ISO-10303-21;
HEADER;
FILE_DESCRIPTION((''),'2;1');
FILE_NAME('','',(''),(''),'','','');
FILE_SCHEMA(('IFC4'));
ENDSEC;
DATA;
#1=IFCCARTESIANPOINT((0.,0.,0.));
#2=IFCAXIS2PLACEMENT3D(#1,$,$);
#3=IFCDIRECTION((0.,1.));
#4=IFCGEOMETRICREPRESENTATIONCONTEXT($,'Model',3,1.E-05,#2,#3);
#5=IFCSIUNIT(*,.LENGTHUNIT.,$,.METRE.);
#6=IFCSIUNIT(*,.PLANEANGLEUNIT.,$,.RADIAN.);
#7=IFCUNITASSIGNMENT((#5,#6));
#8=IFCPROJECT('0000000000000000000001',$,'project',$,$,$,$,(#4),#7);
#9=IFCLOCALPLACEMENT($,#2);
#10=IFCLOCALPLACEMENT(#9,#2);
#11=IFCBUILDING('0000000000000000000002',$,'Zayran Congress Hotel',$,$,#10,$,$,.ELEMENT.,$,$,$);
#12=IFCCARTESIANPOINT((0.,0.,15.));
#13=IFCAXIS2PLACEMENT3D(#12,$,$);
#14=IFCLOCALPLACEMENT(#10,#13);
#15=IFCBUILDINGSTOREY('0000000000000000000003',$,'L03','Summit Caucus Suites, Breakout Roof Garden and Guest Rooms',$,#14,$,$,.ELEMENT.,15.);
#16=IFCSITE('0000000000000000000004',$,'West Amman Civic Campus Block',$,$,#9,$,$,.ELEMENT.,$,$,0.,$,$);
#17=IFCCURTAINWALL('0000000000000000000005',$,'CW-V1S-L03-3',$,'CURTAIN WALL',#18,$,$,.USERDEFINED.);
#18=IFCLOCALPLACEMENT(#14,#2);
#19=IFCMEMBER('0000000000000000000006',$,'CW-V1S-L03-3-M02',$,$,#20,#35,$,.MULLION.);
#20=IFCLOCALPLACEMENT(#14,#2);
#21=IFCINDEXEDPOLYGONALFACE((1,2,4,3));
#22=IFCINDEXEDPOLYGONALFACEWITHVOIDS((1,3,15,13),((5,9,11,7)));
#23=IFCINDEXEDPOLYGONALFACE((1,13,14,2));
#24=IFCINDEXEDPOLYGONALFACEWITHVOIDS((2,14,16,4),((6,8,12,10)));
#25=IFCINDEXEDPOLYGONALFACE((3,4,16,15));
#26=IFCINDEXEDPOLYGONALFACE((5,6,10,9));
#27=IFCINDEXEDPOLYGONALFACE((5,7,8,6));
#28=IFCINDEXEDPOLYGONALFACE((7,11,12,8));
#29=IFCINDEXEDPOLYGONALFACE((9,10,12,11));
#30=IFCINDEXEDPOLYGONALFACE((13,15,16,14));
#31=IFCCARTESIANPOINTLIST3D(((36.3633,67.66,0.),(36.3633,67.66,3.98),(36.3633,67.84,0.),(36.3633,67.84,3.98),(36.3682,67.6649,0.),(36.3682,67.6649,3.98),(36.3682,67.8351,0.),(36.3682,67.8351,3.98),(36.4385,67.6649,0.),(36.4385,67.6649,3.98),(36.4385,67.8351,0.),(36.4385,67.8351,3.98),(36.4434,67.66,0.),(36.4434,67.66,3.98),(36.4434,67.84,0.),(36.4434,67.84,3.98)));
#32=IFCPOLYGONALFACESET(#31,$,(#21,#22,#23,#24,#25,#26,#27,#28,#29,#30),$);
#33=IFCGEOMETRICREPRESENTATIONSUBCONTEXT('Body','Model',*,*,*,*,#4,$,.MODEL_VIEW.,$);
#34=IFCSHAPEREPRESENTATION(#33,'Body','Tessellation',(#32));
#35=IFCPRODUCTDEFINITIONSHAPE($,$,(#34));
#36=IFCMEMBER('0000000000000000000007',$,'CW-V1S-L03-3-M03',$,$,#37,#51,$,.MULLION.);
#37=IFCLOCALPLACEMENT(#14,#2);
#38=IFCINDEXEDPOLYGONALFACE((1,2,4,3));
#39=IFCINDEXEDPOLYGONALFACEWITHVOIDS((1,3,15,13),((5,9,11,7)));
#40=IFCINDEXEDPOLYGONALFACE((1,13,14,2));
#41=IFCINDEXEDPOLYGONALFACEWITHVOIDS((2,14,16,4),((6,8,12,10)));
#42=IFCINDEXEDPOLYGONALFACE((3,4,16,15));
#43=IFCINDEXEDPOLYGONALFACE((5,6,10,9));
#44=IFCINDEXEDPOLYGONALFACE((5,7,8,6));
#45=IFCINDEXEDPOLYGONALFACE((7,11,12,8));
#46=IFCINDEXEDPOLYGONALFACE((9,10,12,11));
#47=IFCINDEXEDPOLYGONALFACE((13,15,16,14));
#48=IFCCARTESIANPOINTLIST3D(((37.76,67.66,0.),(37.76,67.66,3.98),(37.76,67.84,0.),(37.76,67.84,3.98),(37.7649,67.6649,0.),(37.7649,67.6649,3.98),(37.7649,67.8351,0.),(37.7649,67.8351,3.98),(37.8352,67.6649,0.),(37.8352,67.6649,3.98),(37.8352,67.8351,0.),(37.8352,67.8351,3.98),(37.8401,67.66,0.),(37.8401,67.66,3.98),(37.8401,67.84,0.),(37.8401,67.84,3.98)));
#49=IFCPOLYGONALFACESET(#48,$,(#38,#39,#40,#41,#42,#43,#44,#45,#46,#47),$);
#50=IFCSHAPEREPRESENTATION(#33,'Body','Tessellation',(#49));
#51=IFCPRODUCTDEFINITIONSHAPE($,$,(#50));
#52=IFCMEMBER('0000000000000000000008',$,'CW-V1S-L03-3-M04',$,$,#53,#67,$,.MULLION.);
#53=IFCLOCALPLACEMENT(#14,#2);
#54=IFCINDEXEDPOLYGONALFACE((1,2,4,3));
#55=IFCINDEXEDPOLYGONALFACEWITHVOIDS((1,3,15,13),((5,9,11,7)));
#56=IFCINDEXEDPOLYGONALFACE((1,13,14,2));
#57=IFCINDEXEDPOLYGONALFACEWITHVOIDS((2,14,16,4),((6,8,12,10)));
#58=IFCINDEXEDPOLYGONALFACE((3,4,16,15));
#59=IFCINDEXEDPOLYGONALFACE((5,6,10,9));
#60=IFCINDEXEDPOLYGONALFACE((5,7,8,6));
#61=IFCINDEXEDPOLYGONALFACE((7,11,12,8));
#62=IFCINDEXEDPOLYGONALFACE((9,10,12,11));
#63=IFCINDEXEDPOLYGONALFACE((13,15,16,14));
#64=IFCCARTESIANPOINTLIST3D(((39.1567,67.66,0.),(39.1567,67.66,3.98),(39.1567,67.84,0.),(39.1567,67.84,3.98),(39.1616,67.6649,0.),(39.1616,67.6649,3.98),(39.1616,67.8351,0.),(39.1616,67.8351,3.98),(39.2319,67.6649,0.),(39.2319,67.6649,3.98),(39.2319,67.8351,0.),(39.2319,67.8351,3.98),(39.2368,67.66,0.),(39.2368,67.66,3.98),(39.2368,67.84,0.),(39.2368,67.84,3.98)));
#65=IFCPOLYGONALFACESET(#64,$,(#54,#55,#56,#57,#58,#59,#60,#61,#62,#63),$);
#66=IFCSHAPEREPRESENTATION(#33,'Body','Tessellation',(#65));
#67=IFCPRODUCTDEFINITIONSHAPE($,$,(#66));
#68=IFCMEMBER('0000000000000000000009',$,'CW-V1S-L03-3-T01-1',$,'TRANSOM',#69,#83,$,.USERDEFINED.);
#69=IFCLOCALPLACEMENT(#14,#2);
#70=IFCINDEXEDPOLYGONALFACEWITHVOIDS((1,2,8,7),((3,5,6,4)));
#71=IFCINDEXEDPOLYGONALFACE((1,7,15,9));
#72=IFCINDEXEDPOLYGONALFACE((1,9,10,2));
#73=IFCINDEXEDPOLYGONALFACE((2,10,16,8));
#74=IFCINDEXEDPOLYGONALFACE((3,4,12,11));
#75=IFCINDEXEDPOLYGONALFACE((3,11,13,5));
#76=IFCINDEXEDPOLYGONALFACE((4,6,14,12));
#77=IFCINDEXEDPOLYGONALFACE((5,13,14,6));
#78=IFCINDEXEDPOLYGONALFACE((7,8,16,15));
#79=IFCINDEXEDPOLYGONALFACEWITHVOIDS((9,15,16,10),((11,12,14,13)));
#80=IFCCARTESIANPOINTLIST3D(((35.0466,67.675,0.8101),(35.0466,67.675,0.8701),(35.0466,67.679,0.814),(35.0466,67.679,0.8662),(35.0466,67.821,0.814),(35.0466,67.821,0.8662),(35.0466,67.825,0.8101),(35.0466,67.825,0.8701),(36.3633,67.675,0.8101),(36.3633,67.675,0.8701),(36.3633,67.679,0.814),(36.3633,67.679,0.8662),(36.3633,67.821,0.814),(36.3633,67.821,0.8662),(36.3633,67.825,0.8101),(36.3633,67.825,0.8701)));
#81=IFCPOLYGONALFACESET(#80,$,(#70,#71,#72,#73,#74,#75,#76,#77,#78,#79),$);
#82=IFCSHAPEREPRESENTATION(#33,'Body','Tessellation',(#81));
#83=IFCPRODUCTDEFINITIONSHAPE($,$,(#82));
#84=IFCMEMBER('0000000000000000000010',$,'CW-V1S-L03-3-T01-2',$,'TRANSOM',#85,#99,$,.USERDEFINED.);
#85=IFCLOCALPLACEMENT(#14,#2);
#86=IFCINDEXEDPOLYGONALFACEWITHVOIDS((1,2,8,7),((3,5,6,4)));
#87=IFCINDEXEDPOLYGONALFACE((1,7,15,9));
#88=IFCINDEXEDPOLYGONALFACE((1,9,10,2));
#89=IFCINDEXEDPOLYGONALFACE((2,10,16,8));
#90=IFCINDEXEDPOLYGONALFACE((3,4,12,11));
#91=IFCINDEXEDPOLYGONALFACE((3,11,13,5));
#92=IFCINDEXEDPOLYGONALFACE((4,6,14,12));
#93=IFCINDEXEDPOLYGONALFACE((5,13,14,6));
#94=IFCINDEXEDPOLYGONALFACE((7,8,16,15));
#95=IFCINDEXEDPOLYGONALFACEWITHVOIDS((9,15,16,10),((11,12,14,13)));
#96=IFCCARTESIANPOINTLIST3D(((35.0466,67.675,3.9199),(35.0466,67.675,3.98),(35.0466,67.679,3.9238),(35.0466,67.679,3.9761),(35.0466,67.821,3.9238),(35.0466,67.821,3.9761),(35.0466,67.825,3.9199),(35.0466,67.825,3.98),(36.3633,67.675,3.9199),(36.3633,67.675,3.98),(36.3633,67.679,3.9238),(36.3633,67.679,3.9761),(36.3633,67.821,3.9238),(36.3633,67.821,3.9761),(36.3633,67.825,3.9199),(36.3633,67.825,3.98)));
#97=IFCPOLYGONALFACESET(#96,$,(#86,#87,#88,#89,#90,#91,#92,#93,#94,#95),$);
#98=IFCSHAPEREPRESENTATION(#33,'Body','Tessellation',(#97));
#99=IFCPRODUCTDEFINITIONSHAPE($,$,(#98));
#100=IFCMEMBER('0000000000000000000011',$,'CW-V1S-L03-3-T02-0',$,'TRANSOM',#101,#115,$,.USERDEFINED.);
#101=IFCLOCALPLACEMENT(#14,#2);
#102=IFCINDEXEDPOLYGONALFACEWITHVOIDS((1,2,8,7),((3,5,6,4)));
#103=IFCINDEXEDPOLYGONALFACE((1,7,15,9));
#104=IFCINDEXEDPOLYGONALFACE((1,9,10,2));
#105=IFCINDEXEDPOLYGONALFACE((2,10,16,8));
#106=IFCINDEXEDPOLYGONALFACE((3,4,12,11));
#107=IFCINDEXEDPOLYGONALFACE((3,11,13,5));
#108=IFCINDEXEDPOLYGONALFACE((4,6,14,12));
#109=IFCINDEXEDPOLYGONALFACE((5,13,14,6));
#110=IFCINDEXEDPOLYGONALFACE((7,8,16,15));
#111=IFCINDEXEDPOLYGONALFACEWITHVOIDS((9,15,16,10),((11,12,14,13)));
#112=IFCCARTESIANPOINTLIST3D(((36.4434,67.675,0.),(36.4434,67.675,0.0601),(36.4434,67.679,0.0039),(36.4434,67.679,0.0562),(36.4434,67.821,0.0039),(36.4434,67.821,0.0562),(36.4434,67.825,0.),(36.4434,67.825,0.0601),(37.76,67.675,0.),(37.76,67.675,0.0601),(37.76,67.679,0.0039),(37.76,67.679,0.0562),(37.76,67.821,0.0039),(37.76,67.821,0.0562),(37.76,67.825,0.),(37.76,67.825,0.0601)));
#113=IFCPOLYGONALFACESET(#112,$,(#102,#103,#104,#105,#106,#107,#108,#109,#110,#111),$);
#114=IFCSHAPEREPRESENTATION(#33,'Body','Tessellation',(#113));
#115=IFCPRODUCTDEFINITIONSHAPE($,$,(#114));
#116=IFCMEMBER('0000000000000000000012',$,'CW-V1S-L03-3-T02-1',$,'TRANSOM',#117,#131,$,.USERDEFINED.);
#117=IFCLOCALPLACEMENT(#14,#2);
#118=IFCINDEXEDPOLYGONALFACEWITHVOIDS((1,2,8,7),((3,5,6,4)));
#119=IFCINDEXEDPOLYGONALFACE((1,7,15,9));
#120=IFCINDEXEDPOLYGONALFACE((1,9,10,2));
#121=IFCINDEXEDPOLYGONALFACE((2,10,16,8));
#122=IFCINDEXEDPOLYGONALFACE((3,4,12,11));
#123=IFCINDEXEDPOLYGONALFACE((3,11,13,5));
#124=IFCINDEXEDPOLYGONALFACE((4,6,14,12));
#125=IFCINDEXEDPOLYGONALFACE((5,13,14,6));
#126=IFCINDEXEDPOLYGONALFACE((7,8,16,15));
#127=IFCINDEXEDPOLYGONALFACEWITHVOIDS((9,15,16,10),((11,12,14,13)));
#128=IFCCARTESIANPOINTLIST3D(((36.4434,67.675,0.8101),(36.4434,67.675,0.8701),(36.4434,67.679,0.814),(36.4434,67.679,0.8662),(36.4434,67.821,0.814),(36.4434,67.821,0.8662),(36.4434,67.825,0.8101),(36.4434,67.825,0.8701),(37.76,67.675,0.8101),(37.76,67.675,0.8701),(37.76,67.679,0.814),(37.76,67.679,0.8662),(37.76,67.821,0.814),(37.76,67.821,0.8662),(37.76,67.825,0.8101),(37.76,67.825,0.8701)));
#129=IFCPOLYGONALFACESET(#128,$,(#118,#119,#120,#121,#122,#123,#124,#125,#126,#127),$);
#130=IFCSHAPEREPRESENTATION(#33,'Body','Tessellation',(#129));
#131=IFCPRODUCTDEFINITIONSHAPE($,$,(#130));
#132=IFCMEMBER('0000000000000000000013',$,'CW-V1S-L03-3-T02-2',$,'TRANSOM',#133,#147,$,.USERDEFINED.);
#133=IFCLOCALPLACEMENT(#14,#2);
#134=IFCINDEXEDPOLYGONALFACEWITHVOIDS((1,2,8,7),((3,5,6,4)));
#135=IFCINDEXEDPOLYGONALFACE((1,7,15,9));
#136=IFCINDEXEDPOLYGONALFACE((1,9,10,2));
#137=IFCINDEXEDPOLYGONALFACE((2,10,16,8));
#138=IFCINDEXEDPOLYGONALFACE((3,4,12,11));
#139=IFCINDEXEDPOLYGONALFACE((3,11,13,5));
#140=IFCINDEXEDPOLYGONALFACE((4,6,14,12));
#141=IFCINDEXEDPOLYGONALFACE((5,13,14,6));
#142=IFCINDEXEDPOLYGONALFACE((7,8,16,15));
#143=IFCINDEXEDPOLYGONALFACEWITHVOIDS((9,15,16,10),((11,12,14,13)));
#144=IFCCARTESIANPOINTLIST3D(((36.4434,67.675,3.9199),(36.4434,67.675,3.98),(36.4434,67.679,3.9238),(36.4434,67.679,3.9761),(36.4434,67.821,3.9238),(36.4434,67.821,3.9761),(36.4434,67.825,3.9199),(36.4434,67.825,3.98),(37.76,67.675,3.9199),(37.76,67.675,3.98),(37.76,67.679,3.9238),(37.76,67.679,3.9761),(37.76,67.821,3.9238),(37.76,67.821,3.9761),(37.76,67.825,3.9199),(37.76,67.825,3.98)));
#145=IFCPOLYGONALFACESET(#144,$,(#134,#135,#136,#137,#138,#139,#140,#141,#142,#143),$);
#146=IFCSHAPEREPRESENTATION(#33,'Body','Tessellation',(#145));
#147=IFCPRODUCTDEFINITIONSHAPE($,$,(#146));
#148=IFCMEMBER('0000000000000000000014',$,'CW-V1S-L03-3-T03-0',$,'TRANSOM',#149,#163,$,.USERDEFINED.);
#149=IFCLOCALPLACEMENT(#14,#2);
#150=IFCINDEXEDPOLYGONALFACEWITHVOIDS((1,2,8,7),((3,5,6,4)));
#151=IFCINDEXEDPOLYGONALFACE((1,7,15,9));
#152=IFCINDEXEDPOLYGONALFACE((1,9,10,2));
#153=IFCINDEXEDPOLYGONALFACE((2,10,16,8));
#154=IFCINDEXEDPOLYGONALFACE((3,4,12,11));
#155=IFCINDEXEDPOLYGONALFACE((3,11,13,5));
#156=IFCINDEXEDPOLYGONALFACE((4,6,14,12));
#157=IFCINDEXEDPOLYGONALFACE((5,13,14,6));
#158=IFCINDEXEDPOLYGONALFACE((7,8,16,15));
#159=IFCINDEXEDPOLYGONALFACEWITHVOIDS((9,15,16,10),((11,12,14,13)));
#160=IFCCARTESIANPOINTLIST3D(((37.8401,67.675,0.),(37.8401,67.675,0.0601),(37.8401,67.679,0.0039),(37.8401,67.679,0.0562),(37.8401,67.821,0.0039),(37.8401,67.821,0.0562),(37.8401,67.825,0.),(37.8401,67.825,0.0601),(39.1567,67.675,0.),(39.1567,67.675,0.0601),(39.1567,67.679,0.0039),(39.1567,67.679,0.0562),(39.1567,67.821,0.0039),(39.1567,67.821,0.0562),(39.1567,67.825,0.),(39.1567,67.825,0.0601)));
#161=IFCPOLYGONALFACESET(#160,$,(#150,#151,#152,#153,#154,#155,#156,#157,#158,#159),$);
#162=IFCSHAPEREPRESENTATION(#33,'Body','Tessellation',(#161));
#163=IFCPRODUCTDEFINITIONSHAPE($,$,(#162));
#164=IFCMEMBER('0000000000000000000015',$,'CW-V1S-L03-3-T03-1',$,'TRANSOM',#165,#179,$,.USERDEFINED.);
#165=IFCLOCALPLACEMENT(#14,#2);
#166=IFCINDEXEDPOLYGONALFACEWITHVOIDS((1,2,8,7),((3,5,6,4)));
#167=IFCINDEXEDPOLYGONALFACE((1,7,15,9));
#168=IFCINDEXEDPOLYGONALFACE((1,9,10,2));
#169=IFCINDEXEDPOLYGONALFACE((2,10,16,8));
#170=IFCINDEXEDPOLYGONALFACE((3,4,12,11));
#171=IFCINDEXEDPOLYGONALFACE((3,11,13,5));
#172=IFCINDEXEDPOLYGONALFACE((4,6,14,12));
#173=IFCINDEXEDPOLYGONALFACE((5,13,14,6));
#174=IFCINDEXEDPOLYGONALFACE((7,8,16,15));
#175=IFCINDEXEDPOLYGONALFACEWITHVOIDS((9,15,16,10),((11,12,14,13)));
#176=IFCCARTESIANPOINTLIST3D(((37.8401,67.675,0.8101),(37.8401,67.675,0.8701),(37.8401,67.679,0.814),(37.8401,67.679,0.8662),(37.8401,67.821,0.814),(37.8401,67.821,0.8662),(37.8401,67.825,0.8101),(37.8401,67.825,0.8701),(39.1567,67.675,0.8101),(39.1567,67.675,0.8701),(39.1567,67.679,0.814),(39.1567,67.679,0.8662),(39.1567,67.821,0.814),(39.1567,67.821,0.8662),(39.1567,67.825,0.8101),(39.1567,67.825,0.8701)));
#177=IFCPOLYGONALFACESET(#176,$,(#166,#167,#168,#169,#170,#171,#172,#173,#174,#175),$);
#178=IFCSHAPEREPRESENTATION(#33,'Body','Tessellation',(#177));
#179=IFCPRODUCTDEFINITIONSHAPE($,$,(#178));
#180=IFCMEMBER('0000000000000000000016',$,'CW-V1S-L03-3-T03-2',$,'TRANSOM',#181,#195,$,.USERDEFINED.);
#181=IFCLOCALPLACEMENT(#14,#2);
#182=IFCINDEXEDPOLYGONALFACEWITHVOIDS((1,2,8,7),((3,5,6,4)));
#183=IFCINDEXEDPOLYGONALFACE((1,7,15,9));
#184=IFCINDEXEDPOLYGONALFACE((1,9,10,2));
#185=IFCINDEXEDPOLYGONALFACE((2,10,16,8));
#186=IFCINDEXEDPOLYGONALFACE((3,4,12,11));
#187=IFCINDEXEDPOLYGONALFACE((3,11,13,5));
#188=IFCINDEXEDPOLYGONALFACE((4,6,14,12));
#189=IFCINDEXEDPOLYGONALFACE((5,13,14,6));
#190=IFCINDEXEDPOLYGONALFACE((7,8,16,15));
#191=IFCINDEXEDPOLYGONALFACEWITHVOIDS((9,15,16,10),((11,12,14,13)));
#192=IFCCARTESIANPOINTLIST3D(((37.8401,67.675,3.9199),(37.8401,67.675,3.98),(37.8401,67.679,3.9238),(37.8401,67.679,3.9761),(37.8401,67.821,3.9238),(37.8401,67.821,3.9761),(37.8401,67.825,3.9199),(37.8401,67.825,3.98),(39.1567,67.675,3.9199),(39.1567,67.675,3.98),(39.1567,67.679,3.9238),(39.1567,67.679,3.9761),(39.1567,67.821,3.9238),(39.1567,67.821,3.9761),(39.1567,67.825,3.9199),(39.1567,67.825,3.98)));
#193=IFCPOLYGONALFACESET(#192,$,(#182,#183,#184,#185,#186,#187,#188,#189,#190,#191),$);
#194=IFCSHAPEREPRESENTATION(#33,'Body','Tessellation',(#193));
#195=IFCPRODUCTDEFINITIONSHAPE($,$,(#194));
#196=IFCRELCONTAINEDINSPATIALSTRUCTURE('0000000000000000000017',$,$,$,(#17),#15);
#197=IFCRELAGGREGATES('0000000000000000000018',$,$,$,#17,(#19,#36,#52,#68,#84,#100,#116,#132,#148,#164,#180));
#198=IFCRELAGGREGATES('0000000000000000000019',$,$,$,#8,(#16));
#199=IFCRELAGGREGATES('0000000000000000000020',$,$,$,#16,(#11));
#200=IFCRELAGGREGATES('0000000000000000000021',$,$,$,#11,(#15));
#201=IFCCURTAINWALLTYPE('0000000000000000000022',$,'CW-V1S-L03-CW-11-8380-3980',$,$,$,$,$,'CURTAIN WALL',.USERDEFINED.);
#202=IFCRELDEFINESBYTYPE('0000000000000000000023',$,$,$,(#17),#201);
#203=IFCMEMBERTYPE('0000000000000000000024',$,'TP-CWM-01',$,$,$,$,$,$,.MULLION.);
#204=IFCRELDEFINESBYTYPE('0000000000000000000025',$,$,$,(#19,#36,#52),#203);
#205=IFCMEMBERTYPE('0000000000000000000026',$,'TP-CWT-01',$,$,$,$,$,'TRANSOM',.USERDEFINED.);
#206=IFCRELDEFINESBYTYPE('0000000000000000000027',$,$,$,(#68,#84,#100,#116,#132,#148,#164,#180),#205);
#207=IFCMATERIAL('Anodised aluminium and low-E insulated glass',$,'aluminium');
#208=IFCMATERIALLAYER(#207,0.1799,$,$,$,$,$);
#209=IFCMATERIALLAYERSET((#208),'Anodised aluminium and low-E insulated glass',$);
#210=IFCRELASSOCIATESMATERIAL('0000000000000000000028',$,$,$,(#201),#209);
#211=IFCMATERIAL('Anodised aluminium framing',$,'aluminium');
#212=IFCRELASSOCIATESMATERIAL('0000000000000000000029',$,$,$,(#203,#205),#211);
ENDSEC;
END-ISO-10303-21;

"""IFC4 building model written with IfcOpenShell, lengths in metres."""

from ifc_helpers import new_model, si_unit, direction, frame, origin, origin_2d, place, context, subcontext, project, spatial, hollow_rectangle, extrude, material, layer, layer_set, material_profile, profile_set, type_object, element, aggregate, save


model = new_model("IFC4")

# Units and contexts
model_context = context("Model", 3, precision=1e-05, world=origin(), true_north=direction((0.0, 1.0)))
body_context = subcontext(model_context, "Body", "Model", "MODEL_VIEW")
ifc_project = project(units=[si_unit("LENGTHUNIT", "METRE"), si_unit("PLANEANGLEUNIT", "RADIAN")], contexts=[model_context])

# Site, building, storey
site_placement = place(None, origin())
site = spatial("IfcSite", under=ifc_project, at=site_placement, Name="West Amman Civic Campus Block", CompositionType="ELEMENT", RefElevation=0.0)
building_placement = place(site_placement, origin())
building = spatial("IfcBuilding", under=site, at=building_placement, Name="Zayran Congress Hotel", CompositionType="ELEMENT")
storey_placement = place(building_placement, frame((0.0, 0.0, 15.0)))
storey = spatial("IfcBuildingStorey", under=building, at=storey_placement, Name="L03", Description="Summit Caucus Suites, Breakout Roof Garden and Guest Rooms", CompositionType="ELEMENT", Elevation=15.0)

# Curtain wall, members
ifc_material_1 = material(Name="Anodised aluminium and low-E insulated glass", Category="aluminium")
ifc_layer_1 = layer(ifc_material_1, 0.1799)
ifc_layer_set_1 = layer_set([ifc_layer_1], Name="Anodised aluminium and low-E insulated glass")
curtain_wall_type = type_object("IfcCurtainWallType", Name="CW-V1S-L03-CW-11-8380-3980", ElementType="CURTAIN WALL", PredefinedType="USERDEFINED", material=ifc_layer_set_1)
curtain_wall_placement = place(storey_placement, origin())
curtain_wall = element("IfcCurtainWall", 1, at=curtain_wall_placement, inside=storey, type_object=curtain_wall_type, Name="CW-V1S-L03-3", ObjectType="CURTAIN WALL", PredefinedType="USERDEFINED")
ifc_material_2 = material(Name="Anodised aluminium framing", Category="aluminium")
ifc_material_profile_1 = material_profile(ifc_material_2, hollow_rectangle(XDim=0.0801, YDim=0.1799, WallThickness=0.0049, at=origin_2d()), Name="RHS 180x80x5")
ifc_profile_set_1 = profile_set([ifc_material_profile_1], Name="Anodised aluminium framing")
member_type_1 = type_object("IfcMemberType", Name="TP-CWM-01", PredefinedType="MULLION", material=ifc_profile_set_1)
member_1_placement = place(storey_placement, frame((36.4033, 67.75, 0.0), z_axis=(0.0, 0.0, 1.0), x_axis=(1.0, 0.0, 0.0)))
member_1 = element("IfcMember", 2, at=member_1_placement, type_object=member_type_1, Name="CW-V1S-L03-3-M02", PredefinedType="MULLION", context=body_context, shape_type="SweptSolid", body=[
    extrude(hollow_rectangle(XDim=0.0801, YDim=0.1799, WallThickness=0.0049, at=origin_2d()), origin(), (0.0, 0.0, 1.0), 3.98),
])
member_2_placement = place(storey_placement, frame((37.8, 67.75, 0.0), z_axis=(0.0, 0.0, 1.0), x_axis=(1.0, 0.0, 0.0)))
member_2 = element("IfcMember", 3, at=member_2_placement, type_object=member_type_1, Name="CW-V1S-L03-3-M03", PredefinedType="MULLION", context=body_context, shape_type="SweptSolid", body=[
    extrude(hollow_rectangle(XDim=0.0801, YDim=0.1799, WallThickness=0.0049, at=origin_2d()), origin(), (0.0, 0.0, 1.0), 3.98),
])
member_3_placement = place(storey_placement, frame((39.1968, 67.75, 0.0), z_axis=(0.0, 0.0, 1.0), x_axis=(1.0, 0.0, 0.0)))
member_3 = element("IfcMember", 4, at=member_3_placement, type_object=member_type_1, Name="CW-V1S-L03-3-M04", PredefinedType="MULLION", context=body_context, shape_type="SweptSolid", body=[
    extrude(hollow_rectangle(XDim=0.0801, YDim=0.1799, WallThickness=0.0049, at=origin_2d()), origin(), (0.0, 0.0, 1.0), 3.98),
])
ifc_material_profile_2 = material_profile(ifc_material_2, hollow_rectangle(XDim=0.0601, YDim=0.1499, WallThickness=0.0039, at=origin_2d()), Name="RHS 150x60x4")
ifc_profile_set_2 = profile_set([ifc_material_profile_2], Name="Anodised aluminium framing")
member_type_2 = type_object("IfcMemberType", Name="TP-CWT-01", ElementType="TRANSOM", PredefinedType="USERDEFINED", material=ifc_profile_set_2)
member_4_placement = place(storey_placement, frame((35.0466, 67.75, 0.8401), z_axis=(1.0, 0.0, 0.0), x_axis=(0.0, 0.0, 1.0)))
member_4 = element("IfcMember", 5, at=member_4_placement, type_object=member_type_2, Name="CW-V1S-L03-3-T01-1", ObjectType="TRANSOM", PredefinedType="USERDEFINED", context=body_context, shape_type="SweptSolid", body=[
    extrude(hollow_rectangle(XDim=0.0601, YDim=0.1499, WallThickness=0.0039, at=origin_2d()), origin(), (0.0, 0.0, 1.0), 1.3167),
])
member_5_placement = place(storey_placement, frame((35.0466, 67.75, 3.95), z_axis=(1.0, 0.0, 0.0), x_axis=(0.0, 0.0, 1.0)))
member_5 = element("IfcMember", 6, at=member_5_placement, type_object=member_type_2, Name="CW-V1S-L03-3-T01-2", ObjectType="TRANSOM", PredefinedType="USERDEFINED", context=body_context, shape_type="SweptSolid", body=[
    extrude(hollow_rectangle(XDim=0.0601, YDim=0.1499, WallThickness=0.0039, at=origin_2d()), origin(), (0.0, 0.0, 1.0), 1.3167),
])
member_6_placement = place(storey_placement, frame((36.4434, 67.75, 0.03), z_axis=(1.0, 0.0, 0.0), x_axis=(0.0, 0.0, 1.0)))
member_6 = element("IfcMember", 7, at=member_6_placement, type_object=member_type_2, Name="CW-V1S-L03-3-T02-0", ObjectType="TRANSOM", PredefinedType="USERDEFINED", context=body_context, shape_type="SweptSolid", body=[
    extrude(hollow_rectangle(XDim=0.0601, YDim=0.1499, WallThickness=0.0039, at=origin_2d()), origin(), (0.0, 0.0, 1.0), 1.3167),
])
member_7_placement = place(storey_placement, frame((36.4434, 67.75, 0.8401), z_axis=(1.0, 0.0, 0.0), x_axis=(0.0, 0.0, 1.0)))
member_7 = element("IfcMember", 8, at=member_7_placement, type_object=member_type_2, Name="CW-V1S-L03-3-T02-1", ObjectType="TRANSOM", PredefinedType="USERDEFINED", context=body_context, shape_type="SweptSolid", body=[
    extrude(hollow_rectangle(XDim=0.0601, YDim=0.1499, WallThickness=0.0039, at=origin_2d()), origin(), (0.0, 0.0, 1.0), 1.3167),
])
member_8_placement = place(storey_placement, frame((36.4434, 67.75, 3.95), z_axis=(1.0, 0.0, 0.0), x_axis=(0.0, 0.0, 1.0)))
member_8 = element("IfcMember", 9, at=member_8_placement, type_object=member_type_2, Name="CW-V1S-L03-3-T02-2", ObjectType="TRANSOM", PredefinedType="USERDEFINED", context=body_context, shape_type="SweptSolid", body=[
    extrude(hollow_rectangle(XDim=0.0601, YDim=0.1499, WallThickness=0.0039, at=origin_2d()), origin(), (0.0, 0.0, 1.0), 1.3167),
])
member_9_placement = place(storey_placement, frame((37.8401, 67.75, 0.03), z_axis=(1.0, 0.0, 0.0), x_axis=(0.0, 0.0, 1.0)))
member_9 = element("IfcMember", 10, at=member_9_placement, type_object=member_type_2, Name="CW-V1S-L03-3-T03-0", ObjectType="TRANSOM", PredefinedType="USERDEFINED", context=body_context, shape_type="SweptSolid", body=[
    extrude(hollow_rectangle(XDim=0.0601, YDim=0.1499, WallThickness=0.0039, at=origin_2d()), origin(), (0.0, 0.0, 1.0), 1.3167),
])
member_10_placement = place(storey_placement, frame((37.8401, 67.75, 0.8401), z_axis=(1.0, 0.0, 0.0), x_axis=(0.0, 0.0, 1.0)))
member_10 = element("IfcMember", 11, at=member_10_placement, type_object=member_type_2, Name="CW-V1S-L03-3-T03-1", ObjectType="TRANSOM", PredefinedType="USERDEFINED", context=body_context, shape_type="SweptSolid", body=[
    extrude(hollow_rectangle(XDim=0.0601, YDim=0.1499, WallThickness=0.0039, at=origin_2d()), origin(), (0.0, 0.0, 1.0), 1.3167),
])
member_11_placement = place(storey_placement, frame((37.8401, 67.75, 3.95), z_axis=(1.0, 0.0, 0.0), x_axis=(0.0, 0.0, 1.0)))
member_11 = element("IfcMember", 12, at=member_11_placement, type_object=member_type_2, Name="CW-V1S-L03-3-T03-2", ObjectType="TRANSOM", PredefinedType="USERDEFINED", context=body_context, shape_type="SweptSolid", body=[
    extrude(hollow_rectangle(XDim=0.0601, YDim=0.1499, WallThickness=0.0039, at=origin_2d()), origin(), (0.0, 0.0, 1.0), 1.3167),
])
aggregate(curtain_wall, [member_1, member_2, member_3, member_4, member_5, member_6, member_7, member_8, member_9, member_10, member_11])

save(model, "model.ifc")
